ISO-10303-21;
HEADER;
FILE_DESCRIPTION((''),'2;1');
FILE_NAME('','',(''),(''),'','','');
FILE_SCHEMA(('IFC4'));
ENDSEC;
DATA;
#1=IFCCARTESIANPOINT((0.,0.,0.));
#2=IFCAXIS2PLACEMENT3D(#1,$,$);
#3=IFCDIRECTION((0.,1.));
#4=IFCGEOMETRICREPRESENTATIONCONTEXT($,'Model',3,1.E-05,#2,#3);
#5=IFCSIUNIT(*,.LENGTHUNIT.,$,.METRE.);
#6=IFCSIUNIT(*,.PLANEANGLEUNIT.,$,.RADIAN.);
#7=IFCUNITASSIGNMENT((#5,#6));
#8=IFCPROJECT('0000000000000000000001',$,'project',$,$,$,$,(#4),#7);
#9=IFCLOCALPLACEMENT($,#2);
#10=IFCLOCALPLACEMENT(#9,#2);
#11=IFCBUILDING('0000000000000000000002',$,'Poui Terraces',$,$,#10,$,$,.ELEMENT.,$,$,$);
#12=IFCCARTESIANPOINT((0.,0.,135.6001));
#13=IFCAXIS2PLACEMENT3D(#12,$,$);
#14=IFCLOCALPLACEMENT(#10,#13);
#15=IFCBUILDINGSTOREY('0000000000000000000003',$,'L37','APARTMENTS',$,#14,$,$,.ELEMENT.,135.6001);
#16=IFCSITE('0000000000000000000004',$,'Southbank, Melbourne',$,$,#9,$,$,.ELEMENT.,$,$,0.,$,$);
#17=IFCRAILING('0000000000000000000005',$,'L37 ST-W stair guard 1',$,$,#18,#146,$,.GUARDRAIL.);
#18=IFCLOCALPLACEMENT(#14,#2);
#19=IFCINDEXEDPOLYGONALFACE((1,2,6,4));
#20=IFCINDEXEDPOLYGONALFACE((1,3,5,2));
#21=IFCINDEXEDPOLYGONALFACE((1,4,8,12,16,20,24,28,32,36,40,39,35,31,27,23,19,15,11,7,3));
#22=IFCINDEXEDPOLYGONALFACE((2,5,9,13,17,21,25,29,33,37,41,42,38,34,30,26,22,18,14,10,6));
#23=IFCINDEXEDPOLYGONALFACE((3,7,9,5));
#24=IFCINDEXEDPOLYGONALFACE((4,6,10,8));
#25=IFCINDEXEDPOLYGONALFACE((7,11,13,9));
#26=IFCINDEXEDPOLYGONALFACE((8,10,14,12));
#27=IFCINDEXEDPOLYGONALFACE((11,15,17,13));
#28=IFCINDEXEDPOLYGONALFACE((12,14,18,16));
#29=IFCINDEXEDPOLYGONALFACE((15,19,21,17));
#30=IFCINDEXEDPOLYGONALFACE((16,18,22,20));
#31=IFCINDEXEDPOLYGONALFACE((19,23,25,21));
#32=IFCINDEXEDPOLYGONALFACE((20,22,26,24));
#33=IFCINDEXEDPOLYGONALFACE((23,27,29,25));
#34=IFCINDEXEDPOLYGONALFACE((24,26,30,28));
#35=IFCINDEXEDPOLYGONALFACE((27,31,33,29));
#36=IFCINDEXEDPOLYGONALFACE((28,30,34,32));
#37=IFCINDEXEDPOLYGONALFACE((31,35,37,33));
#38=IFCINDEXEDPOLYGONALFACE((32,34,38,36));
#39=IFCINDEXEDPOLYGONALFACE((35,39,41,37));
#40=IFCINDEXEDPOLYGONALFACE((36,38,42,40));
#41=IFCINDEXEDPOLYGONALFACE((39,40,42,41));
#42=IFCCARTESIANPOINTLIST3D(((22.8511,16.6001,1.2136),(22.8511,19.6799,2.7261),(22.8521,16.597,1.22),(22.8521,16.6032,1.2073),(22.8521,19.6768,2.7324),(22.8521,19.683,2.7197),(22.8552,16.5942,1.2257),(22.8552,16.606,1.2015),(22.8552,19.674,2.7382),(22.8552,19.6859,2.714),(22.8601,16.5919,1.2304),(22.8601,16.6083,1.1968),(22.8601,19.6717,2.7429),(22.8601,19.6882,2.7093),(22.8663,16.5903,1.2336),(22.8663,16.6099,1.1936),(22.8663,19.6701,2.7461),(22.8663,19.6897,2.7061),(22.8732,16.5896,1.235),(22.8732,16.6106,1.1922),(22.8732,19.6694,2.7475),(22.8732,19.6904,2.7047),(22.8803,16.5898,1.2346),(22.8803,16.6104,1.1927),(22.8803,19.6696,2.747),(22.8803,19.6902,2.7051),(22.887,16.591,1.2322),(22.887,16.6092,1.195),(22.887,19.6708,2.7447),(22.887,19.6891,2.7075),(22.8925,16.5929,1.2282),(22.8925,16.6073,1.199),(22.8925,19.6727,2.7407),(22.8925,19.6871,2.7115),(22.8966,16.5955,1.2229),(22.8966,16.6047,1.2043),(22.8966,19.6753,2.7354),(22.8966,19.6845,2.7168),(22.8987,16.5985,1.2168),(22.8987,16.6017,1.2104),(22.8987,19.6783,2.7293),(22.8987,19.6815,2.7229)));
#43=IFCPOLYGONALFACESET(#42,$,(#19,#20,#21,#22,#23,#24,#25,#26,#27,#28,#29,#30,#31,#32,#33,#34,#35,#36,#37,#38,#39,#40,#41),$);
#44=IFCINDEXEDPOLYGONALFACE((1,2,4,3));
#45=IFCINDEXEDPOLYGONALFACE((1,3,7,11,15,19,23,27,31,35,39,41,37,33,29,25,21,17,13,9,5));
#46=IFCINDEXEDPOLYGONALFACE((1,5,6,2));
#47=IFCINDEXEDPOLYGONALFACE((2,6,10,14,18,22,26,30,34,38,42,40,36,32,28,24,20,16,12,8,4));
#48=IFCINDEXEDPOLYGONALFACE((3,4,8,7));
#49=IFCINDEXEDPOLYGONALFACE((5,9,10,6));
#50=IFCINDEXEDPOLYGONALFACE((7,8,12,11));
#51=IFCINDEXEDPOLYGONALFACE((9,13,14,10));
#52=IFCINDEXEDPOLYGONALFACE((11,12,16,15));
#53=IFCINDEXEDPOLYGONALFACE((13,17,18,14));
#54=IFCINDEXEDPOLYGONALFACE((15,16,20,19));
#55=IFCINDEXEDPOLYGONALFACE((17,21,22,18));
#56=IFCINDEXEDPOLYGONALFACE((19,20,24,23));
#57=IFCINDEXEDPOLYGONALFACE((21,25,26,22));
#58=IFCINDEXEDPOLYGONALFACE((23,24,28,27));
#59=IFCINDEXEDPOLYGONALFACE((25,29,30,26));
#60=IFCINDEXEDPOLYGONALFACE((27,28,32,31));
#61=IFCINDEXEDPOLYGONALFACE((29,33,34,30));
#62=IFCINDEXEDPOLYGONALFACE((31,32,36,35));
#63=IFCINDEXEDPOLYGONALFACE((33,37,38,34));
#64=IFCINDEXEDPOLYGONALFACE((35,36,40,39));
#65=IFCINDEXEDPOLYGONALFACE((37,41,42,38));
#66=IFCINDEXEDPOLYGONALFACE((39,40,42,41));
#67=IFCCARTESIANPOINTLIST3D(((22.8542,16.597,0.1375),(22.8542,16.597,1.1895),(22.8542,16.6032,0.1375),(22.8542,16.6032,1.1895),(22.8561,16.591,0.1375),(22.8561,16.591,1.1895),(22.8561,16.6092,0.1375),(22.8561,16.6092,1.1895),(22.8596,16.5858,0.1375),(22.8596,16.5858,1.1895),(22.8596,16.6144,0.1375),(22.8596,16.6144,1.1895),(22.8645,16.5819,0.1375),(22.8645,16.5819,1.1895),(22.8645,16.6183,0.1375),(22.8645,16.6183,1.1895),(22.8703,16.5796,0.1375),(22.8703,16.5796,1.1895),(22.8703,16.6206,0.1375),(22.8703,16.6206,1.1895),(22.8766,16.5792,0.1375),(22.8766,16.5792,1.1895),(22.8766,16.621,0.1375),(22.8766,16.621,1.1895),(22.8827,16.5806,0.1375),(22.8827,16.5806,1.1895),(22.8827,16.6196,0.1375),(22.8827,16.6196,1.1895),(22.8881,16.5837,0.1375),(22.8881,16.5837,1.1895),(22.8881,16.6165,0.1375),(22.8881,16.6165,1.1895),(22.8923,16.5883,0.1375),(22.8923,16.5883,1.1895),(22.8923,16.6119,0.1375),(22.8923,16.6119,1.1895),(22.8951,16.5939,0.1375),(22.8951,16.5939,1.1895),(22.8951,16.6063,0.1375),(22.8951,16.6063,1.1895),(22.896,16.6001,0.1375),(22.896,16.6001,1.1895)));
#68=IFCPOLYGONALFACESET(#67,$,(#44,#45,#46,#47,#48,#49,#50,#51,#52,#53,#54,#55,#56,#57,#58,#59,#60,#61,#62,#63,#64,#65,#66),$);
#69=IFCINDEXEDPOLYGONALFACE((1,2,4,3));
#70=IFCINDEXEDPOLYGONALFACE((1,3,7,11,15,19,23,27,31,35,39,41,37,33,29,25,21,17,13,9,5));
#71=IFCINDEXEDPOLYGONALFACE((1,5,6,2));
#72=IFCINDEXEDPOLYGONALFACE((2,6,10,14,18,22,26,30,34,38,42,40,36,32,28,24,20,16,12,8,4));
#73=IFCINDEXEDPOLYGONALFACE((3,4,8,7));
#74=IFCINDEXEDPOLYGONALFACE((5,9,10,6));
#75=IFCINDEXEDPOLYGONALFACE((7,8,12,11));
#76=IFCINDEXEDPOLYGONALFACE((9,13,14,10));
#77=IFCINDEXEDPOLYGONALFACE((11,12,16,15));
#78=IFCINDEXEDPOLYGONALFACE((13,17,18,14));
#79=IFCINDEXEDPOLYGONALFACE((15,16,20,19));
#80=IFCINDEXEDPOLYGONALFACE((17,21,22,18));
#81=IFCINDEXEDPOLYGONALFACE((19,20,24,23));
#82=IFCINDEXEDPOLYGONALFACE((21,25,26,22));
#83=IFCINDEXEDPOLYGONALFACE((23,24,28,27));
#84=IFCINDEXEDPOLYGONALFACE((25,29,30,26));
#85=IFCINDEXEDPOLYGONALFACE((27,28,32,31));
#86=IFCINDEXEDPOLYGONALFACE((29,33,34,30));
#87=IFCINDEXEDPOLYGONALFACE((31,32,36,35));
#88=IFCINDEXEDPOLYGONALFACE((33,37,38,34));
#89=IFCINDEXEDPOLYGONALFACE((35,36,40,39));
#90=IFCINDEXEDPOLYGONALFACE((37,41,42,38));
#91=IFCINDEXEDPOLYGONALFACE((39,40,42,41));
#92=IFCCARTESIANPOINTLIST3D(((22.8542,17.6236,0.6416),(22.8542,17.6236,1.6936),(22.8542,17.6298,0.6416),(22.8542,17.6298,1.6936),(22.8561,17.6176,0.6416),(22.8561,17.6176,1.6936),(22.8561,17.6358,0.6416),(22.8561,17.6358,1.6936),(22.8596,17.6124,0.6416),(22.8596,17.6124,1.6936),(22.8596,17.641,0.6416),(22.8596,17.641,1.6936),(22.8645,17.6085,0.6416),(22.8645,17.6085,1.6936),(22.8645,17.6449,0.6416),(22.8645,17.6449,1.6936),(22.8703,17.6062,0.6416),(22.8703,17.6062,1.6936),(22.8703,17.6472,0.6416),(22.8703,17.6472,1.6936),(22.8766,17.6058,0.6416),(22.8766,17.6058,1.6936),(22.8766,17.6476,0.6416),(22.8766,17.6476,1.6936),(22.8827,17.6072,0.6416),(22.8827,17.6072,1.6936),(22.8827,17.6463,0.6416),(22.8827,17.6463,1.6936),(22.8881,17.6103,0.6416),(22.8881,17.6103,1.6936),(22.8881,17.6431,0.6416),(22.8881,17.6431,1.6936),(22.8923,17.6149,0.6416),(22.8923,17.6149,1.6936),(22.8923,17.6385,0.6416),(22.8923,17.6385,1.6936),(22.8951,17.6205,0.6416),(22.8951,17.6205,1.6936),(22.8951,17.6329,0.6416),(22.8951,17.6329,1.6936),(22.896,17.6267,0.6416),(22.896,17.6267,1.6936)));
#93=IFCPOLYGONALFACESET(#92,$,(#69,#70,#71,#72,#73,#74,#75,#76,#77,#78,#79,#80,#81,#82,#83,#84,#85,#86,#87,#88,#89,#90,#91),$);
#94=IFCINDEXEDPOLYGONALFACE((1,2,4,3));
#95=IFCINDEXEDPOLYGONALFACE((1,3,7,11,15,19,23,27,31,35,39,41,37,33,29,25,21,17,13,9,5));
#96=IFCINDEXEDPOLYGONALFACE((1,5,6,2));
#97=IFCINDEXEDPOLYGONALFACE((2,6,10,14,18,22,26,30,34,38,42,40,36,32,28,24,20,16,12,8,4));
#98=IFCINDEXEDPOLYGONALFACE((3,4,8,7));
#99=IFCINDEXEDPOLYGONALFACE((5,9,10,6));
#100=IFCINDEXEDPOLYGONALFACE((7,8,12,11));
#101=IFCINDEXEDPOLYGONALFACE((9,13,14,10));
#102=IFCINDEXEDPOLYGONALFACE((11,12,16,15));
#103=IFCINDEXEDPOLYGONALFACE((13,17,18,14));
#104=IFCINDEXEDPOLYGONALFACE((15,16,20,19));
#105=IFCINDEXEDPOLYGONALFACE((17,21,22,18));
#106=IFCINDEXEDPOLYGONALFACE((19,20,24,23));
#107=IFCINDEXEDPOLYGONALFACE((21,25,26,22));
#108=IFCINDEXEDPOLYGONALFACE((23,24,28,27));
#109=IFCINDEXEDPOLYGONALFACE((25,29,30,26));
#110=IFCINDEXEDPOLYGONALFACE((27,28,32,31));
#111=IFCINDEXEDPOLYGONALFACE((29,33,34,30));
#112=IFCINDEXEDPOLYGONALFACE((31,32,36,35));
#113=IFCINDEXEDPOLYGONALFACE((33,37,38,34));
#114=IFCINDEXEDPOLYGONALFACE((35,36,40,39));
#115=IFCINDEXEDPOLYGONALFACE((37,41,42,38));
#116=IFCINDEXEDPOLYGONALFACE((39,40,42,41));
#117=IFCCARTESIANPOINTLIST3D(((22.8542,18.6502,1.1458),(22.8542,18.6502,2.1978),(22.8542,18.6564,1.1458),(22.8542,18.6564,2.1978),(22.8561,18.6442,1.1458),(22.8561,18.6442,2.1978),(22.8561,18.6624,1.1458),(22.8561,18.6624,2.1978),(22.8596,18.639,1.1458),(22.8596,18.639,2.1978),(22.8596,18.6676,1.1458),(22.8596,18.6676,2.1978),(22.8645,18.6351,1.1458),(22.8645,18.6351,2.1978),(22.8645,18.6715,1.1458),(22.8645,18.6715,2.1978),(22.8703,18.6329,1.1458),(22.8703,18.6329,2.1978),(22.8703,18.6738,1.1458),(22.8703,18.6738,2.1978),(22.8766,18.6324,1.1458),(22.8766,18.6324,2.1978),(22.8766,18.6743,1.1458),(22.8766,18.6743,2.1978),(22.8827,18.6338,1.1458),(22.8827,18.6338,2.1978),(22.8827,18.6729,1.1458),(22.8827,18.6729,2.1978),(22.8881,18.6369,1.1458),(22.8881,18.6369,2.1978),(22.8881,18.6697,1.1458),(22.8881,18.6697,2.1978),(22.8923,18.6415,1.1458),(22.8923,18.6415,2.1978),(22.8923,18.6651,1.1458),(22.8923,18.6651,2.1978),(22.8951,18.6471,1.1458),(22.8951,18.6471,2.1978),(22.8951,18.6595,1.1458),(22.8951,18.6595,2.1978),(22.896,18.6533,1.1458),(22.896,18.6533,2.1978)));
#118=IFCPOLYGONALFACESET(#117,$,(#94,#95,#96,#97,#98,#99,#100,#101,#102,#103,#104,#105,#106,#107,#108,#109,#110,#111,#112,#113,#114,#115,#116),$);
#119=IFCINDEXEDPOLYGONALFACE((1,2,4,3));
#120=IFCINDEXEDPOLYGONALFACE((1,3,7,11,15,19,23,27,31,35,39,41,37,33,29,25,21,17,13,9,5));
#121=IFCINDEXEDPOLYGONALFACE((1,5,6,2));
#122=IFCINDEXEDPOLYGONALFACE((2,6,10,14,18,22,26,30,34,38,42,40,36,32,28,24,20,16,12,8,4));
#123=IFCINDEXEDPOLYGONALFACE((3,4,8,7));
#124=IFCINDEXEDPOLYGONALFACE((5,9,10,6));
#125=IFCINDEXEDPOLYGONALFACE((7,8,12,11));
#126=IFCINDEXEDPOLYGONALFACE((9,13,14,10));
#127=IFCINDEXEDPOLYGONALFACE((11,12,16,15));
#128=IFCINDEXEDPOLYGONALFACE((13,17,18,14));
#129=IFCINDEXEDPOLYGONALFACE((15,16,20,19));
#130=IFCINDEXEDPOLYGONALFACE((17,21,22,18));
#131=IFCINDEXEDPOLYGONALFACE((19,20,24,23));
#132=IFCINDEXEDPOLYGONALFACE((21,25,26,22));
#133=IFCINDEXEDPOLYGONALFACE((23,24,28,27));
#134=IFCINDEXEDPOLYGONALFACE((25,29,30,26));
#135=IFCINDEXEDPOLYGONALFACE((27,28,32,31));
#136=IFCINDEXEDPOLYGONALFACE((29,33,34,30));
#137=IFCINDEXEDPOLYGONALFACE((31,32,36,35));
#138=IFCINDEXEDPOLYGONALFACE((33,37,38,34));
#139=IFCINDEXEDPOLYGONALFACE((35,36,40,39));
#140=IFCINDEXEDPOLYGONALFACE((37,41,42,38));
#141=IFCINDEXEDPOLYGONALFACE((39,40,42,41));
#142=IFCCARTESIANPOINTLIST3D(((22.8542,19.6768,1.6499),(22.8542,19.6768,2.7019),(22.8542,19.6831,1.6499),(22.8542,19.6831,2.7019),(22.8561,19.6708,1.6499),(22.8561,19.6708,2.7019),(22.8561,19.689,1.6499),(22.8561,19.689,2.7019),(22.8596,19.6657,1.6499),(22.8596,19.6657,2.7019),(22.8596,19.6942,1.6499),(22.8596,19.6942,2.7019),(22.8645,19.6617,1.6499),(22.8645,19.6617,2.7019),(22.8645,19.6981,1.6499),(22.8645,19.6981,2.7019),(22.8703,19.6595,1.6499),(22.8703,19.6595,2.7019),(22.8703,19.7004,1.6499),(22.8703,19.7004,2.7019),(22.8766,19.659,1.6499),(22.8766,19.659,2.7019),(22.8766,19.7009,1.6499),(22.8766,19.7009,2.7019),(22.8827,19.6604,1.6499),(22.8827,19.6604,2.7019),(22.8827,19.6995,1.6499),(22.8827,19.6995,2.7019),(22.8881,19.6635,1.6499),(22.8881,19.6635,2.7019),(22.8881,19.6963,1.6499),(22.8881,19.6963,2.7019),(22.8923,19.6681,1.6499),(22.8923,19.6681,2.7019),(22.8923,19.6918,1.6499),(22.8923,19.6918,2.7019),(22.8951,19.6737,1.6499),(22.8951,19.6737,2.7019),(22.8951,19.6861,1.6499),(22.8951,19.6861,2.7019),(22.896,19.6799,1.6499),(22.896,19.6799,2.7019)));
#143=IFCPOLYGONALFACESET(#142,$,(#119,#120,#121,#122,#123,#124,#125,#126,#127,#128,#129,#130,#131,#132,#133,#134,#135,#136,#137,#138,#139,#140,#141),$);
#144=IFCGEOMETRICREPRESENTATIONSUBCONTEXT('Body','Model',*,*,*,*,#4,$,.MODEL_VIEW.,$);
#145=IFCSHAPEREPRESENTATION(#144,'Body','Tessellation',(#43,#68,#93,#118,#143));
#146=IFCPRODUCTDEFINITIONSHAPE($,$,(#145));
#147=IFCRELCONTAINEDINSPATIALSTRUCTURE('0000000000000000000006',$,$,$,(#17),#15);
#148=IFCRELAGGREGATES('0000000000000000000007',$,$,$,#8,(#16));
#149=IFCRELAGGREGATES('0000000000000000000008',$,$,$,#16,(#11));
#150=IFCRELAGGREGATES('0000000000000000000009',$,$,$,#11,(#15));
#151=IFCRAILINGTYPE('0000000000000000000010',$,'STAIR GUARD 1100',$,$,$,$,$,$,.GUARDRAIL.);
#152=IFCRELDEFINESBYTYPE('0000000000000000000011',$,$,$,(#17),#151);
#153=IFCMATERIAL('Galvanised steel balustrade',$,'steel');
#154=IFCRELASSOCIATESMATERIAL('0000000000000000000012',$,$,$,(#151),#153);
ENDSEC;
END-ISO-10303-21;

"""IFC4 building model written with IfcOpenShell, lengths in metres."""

from ifc_helpers import new_model, si_unit, direction, frame, origin, origin_2d, place, context, subcontext, project, spatial, circle, extrude, material, type_object, element, save


model = new_model("IFC4")

# Units and contexts
model_context = context("Model", 3, precision=1e-05, world=origin(), true_north=direction((0.0, 1.0)))
body_context = subcontext(model_context, "Body", "Model", "MODEL_VIEW")
ifc_project = project(units=[si_unit("LENGTHUNIT", "METRE"), si_unit("PLANEANGLEUNIT", "RADIAN")], contexts=[model_context])

# Site, building, storey
site_placement = place(None, origin())
site = spatial("IfcSite", under=ifc_project, at=site_placement, Name="Southbank, Melbourne", CompositionType="ELEMENT", RefElevation=0.0)
building_placement = place(site_placement, origin())
building = spatial("IfcBuilding", under=site, at=building_placement, Name="Poui Terraces", CompositionType="ELEMENT")
storey_placement = place(building_placement, frame((0.0, 0.0, 135.6001)))
storey = spatial("IfcBuildingStorey", under=building, at=storey_placement, Name="L37", Description="APARTMENTS", CompositionType="ELEMENT", Elevation=135.6001)

# Railing
ifc_material_1 = material(Name="Galvanised steel balustrade", Category="steel")
railing_type_1 = type_object("IfcRailingType", Name="STAIR GUARD 1100", PredefinedType="GUARDRAIL", material=ifc_material_1)
railing_1_placement = place(storey_placement, frame((22.875, 16.6001, 0.1375)))
element("IfcRailing", 1, at=railing_1_placement, inside=storey, type_object=railing_type_1, Name="L37 ST-W stair guard 1", PredefinedType="GUARDRAIL", context=body_context, shape_type="SweptSolid", body=[
    extrude(circle(Radius=0.0239, at=origin_2d()), frame((0.0, 0.0, 1.0762), z_axis=(0.0, 0.897606, 0.440798), x_axis=(-1.0, 0.0, 0.0)), (0.0, 0.0, 1.0), 3.4312),
    extrude(circle(Radius=0.021, at=origin_2d()), origin(), (0.0, 0.0, 1.0), 1.052),
    extrude(circle(Radius=0.021, at=origin_2d()), frame((0.0, 1.0266, 0.5042)), (0.0, 0.0, 1.0), 1.052),
    extrude(circle(Radius=0.021, at=origin_2d()), frame((0.0, 2.0532, 1.0083)), (0.0, 0.0, 1.0), 1.052),
    extrude(circle(Radius=0.021, at=origin_2d()), frame((0.0, 3.0798, 1.5125)), (0.0, 0.0, 1.0), 1.052),
])

save(model, "model.ifc")
